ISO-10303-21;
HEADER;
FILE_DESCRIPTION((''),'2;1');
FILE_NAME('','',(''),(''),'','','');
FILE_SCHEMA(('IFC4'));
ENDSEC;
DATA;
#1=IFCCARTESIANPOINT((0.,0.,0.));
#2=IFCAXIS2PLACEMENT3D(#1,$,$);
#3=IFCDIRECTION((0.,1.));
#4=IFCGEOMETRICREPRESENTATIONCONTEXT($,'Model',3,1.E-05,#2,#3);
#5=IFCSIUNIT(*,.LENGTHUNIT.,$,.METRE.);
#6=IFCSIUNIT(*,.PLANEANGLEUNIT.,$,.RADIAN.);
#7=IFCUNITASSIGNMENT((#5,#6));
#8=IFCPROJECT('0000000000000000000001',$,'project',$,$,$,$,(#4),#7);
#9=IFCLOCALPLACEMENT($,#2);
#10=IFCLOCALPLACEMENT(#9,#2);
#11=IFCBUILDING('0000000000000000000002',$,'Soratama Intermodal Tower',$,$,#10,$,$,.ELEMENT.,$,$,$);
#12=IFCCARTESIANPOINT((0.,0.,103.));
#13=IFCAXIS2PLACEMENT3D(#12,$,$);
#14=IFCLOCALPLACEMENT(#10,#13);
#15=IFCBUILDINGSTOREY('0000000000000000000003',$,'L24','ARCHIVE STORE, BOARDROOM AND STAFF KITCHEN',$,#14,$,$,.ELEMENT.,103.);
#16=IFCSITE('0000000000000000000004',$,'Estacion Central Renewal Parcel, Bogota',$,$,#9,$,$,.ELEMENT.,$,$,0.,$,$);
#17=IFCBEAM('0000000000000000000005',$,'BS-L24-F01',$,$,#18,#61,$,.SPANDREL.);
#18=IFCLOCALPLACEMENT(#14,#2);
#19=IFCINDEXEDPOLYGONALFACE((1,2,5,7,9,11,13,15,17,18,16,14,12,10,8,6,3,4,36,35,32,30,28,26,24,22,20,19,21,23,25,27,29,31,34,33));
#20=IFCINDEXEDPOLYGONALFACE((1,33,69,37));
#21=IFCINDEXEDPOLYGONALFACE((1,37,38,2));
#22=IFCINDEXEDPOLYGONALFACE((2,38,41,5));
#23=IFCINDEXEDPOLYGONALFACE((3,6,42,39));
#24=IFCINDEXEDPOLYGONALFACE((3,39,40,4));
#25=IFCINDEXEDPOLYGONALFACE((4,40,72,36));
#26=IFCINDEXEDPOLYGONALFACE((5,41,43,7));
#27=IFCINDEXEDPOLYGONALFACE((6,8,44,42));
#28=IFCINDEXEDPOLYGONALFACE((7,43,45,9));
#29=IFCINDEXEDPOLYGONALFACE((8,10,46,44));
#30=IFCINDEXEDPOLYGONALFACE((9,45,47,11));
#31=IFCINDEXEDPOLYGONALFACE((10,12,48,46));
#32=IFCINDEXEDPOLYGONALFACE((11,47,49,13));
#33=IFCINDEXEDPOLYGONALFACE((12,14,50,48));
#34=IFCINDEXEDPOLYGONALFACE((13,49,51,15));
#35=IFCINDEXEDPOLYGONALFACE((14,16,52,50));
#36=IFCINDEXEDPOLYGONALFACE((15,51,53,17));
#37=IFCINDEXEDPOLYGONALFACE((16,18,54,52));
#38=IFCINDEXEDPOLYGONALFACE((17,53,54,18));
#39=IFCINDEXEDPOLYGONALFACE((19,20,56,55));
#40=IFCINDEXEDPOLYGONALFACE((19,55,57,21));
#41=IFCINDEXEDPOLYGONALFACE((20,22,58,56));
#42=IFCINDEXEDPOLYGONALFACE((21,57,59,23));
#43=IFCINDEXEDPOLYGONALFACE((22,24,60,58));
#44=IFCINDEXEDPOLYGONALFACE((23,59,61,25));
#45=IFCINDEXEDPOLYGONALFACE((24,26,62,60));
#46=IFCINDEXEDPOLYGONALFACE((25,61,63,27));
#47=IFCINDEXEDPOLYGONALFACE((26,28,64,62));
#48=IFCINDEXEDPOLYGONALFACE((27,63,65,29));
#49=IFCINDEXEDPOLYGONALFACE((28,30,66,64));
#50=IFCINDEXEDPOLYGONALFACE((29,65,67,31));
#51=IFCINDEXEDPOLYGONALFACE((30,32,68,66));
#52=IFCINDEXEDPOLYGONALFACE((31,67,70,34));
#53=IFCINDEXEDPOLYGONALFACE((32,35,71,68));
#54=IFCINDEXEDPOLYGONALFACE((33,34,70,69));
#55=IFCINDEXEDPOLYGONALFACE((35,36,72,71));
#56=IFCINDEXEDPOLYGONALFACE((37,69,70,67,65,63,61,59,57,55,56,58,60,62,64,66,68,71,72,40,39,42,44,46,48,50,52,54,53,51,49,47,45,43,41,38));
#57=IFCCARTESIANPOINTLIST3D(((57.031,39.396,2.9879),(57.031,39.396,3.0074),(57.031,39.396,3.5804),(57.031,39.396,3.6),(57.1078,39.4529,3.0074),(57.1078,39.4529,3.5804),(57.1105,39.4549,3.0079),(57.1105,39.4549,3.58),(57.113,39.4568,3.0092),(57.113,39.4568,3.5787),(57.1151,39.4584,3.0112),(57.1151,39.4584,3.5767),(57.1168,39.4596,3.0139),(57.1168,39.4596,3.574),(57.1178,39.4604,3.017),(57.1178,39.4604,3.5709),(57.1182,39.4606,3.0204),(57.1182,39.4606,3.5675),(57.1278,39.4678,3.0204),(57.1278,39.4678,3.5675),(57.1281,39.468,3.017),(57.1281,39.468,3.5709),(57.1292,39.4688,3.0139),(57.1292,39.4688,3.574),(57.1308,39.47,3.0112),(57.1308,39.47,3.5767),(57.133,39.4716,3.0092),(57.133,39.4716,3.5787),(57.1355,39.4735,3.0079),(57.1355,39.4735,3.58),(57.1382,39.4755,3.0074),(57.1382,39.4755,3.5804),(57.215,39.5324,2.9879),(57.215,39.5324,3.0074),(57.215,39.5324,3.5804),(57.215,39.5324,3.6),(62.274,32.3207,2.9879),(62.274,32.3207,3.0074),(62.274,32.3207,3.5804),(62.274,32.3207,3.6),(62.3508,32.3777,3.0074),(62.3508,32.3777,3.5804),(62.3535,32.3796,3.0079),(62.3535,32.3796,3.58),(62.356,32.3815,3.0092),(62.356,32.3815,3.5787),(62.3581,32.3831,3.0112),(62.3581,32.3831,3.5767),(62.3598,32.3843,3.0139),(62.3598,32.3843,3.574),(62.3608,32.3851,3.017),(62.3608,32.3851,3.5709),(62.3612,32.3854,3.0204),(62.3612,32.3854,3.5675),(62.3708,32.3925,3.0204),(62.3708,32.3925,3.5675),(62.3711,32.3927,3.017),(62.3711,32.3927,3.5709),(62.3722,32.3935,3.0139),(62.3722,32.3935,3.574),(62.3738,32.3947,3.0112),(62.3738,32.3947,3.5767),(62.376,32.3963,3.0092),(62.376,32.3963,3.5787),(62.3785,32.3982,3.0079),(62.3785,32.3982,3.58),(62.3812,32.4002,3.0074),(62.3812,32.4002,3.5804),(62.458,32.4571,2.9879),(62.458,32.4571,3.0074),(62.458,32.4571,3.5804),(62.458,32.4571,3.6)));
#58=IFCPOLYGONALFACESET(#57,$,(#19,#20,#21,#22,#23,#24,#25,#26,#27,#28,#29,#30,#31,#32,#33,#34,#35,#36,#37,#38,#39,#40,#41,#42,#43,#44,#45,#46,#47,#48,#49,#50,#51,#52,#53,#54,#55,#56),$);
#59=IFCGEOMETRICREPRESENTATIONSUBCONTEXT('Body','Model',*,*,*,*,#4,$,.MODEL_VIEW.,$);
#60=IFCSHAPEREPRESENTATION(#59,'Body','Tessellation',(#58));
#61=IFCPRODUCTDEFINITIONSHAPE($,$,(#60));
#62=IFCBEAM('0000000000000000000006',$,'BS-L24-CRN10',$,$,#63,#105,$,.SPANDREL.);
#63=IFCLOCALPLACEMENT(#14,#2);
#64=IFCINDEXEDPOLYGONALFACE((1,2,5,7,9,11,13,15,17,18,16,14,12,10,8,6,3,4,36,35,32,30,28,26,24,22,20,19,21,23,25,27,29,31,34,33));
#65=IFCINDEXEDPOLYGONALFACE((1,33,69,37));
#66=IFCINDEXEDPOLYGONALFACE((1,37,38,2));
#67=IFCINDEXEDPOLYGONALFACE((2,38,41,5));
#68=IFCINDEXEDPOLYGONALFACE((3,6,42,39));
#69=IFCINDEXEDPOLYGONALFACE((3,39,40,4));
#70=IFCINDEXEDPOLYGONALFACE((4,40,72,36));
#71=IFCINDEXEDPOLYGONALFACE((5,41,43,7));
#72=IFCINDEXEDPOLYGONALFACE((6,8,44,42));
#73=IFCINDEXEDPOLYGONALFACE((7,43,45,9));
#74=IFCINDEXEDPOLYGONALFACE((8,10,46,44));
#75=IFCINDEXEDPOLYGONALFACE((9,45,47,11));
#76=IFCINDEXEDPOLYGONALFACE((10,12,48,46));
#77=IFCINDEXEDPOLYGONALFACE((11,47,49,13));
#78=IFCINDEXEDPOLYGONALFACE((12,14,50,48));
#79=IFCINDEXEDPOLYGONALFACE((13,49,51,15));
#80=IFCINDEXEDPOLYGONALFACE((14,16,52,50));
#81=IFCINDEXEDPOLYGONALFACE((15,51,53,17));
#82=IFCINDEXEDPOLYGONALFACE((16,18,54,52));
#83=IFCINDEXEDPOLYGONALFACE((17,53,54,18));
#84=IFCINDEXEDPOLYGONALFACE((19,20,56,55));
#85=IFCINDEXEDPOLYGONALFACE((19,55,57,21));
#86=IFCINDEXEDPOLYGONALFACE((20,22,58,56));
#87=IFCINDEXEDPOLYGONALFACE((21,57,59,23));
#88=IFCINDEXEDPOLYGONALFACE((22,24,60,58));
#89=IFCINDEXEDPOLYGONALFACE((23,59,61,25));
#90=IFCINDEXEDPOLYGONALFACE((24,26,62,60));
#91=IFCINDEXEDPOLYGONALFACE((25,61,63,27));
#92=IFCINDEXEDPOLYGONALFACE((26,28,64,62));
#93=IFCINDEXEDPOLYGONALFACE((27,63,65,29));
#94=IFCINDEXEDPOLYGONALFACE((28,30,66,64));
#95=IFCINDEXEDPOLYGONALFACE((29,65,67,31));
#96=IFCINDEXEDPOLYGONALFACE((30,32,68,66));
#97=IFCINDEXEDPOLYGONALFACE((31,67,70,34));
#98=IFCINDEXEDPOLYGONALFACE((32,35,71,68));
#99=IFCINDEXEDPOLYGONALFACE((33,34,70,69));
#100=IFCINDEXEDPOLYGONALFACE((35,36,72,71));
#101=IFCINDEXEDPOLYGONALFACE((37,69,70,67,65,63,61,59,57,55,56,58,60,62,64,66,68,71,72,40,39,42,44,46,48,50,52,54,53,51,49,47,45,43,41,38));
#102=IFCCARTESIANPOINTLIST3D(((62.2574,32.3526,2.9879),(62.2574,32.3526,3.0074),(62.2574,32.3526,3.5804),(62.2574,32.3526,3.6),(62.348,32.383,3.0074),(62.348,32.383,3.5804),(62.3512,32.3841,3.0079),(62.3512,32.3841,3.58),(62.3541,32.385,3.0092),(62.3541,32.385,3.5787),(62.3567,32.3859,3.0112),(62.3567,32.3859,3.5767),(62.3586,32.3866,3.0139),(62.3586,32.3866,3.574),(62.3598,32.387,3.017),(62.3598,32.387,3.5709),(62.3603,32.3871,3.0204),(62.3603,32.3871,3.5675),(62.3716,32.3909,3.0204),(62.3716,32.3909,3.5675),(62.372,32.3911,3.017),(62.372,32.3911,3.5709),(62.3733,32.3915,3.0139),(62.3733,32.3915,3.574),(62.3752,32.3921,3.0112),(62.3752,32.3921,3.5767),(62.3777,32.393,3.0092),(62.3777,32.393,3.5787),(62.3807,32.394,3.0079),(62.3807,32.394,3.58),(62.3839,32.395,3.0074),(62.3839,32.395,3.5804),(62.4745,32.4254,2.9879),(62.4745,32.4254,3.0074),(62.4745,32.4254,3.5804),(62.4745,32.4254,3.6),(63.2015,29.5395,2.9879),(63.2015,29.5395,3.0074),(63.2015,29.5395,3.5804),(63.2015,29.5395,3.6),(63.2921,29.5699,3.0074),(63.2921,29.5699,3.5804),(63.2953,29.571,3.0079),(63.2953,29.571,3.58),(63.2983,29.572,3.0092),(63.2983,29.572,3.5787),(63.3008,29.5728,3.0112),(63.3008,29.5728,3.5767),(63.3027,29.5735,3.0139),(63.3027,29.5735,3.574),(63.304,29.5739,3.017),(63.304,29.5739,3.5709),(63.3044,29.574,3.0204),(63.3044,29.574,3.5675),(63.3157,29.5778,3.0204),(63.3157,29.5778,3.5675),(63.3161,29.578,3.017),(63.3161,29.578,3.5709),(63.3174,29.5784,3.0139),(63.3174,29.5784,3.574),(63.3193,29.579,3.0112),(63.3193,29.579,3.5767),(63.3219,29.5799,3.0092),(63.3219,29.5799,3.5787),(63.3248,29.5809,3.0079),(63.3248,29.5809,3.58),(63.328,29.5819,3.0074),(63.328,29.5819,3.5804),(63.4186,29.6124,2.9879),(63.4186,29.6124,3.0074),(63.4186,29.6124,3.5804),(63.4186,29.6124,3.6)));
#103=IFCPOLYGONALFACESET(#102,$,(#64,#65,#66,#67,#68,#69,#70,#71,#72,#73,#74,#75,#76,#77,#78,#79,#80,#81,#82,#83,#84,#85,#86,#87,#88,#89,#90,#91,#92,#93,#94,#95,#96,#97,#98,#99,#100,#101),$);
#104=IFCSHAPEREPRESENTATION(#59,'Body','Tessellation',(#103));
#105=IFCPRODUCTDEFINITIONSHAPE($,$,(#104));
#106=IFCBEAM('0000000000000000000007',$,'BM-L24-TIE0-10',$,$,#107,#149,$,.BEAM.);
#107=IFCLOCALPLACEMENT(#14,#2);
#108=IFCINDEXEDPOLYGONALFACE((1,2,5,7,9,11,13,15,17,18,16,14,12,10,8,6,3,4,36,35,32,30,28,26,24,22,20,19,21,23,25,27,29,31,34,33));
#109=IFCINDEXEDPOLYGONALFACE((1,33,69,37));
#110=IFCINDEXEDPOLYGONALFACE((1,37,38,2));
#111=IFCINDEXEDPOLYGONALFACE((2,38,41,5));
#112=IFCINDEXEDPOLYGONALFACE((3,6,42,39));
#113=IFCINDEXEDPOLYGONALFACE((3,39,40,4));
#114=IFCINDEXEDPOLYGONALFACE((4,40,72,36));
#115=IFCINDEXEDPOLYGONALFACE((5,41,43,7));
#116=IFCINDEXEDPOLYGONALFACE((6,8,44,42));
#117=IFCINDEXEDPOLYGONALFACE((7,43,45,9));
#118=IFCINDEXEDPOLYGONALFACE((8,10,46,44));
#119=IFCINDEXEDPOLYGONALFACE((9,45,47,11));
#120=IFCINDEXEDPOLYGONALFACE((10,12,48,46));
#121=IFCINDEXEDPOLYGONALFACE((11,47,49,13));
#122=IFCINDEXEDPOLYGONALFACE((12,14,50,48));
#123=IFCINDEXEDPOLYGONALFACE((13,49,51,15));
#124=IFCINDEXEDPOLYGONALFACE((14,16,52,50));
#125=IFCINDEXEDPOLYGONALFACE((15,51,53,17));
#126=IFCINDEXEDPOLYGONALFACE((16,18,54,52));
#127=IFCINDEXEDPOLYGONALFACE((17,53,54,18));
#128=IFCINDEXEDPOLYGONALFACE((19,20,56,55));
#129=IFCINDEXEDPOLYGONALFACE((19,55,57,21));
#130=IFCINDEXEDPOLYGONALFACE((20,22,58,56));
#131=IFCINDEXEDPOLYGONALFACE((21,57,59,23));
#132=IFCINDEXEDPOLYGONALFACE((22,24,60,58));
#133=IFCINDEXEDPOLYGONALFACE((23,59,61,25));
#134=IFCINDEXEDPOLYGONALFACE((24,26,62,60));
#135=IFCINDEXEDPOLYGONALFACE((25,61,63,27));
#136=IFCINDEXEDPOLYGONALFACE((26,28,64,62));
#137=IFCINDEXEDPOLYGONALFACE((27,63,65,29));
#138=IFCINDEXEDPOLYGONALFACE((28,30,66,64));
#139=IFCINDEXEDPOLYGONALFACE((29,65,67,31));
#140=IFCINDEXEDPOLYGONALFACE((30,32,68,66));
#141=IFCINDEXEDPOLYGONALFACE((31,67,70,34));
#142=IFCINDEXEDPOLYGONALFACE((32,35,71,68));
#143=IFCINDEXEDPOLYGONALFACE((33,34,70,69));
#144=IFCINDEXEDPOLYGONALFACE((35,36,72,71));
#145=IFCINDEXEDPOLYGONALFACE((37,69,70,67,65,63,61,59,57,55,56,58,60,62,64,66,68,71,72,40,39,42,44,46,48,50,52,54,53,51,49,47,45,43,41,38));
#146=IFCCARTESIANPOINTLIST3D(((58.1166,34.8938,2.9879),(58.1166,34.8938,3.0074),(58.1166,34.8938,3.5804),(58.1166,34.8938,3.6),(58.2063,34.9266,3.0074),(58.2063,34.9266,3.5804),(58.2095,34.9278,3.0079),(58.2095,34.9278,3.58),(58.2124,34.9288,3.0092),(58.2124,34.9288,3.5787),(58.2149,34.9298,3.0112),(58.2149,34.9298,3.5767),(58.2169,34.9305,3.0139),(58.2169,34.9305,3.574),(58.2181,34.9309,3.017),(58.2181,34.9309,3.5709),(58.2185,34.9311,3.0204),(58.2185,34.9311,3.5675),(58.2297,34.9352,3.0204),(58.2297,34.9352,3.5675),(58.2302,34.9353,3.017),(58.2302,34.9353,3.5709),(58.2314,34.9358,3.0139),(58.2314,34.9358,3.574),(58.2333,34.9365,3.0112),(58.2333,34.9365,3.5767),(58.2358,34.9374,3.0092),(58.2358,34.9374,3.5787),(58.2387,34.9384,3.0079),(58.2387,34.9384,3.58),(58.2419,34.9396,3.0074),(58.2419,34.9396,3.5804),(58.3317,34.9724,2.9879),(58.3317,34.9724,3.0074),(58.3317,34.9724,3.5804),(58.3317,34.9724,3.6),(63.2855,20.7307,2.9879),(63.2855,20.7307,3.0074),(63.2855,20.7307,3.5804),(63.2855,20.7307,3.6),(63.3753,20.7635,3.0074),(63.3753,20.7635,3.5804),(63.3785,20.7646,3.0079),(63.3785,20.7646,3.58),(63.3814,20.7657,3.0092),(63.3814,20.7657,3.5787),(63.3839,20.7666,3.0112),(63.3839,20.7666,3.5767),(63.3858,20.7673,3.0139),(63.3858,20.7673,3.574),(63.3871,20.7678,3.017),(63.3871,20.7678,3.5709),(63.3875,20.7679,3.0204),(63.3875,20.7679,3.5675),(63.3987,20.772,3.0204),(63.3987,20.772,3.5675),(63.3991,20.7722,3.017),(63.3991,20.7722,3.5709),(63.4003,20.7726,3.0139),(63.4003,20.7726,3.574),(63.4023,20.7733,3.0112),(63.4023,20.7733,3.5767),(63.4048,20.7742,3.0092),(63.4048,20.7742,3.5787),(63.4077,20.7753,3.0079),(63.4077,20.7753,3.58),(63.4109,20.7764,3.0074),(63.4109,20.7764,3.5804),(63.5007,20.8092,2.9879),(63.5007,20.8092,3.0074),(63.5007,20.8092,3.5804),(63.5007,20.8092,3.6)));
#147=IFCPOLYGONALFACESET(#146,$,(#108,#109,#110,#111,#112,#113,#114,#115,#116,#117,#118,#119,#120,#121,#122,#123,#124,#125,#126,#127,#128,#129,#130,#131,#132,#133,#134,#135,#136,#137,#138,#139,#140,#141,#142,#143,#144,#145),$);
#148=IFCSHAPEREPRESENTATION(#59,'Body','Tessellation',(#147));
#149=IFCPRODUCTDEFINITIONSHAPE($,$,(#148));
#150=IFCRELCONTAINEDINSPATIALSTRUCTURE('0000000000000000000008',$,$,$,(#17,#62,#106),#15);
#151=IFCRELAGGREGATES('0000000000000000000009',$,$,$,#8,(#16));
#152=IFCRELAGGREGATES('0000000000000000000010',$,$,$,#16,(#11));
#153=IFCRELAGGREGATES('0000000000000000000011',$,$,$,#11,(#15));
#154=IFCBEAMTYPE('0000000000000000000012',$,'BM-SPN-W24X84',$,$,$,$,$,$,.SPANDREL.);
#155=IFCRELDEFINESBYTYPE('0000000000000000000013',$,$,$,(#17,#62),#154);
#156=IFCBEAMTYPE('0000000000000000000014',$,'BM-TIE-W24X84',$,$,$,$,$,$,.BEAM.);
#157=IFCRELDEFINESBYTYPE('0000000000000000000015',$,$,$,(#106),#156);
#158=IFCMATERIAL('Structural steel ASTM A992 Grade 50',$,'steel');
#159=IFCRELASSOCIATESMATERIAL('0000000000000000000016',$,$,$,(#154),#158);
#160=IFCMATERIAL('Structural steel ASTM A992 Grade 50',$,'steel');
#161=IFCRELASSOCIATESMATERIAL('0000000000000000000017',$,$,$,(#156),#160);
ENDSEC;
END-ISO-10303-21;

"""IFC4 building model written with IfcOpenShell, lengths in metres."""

from ifc_helpers import new_model, si_unit, direction, frame, origin, origin_2d, place, context, subcontext, project, spatial, i_section, extrude, material, material_profile, profile_set, type_object, element, save


model = new_model("IFC4")

# Units and contexts
model_context = context("Model", 3, precision=1e-05, world=origin(), true_north=direction((0.0, 1.0)))
body_context = subcontext(model_context, "Body", "Model", "MODEL_VIEW")
ifc_project = project(units=[si_unit("LENGTHUNIT", "METRE"), si_unit("PLANEANGLEUNIT", "RADIAN")], contexts=[model_context])

# Site, building, storey
site_placement = place(None, origin())
site = spatial("IfcSite", under=ifc_project, at=site_placement, Name="Estacion Central Renewal Parcel, Bogota", CompositionType="ELEMENT", RefElevation=0.0)
building_placement = place(site_placement, origin())
building = spatial("IfcBuilding", under=site, at=building_placement, Name="Soratama Intermodal Tower", CompositionType="ELEMENT")
storey_placement = place(building_placement, frame((0.0, 0.0, 103.0)))
storey = spatial("IfcBuildingStorey", under=building, at=storey_placement, Name="L24", Description="ARCHIVE STORE, BOARDROOM AND STAFF KITCHEN", CompositionType="ELEMENT", Elevation=103.0)

# Beams
ifc_material_1 = material(Name="Structural steel ASTM A992 Grade 50", Category="steel")
ifc_material_profile_1 = material_profile(ifc_material_1, i_section(OverallWidth=0.229, OverallDepth=0.6121, WebThickness=0.012, FlangeThickness=0.0195, FilletRadius=0.0129, at=origin_2d()), Name="W24X84")
ifc_profile_set_1 = profile_set([ifc_material_profile_1], Name="Structural steel ASTM A992 Grade 50")
beam_type_1 = type_object("IfcBeamType", Name="BM-SPN-W24X84", PredefinedType="SPANDREL", material=ifc_profile_set_1)
beam_1_placement = place(storey_placement, frame((62.366, 32.3889, 3.2939), z_axis=(-0.595377, 0.803447, 0.0), x_axis=(-0.803447, -0.595377, 0.0)))
element("IfcBeam", 1, at=beam_1_placement, inside=storey, type_object=beam_type_1, Name="BS-L24-F01", PredefinedType="SPANDREL", context=body_context, shape_type="SweptSolid", body=[
    extrude(i_section(OverallWidth=0.229, OverallDepth=0.6121, WebThickness=0.012, FlangeThickness=0.0195, FilletRadius=0.0129, at=origin_2d()), origin(), (0.0, 0.0, 1.0), 8.8062),
])
beam_2_placement = place(storey_placement, frame((63.3101, 29.5759, 3.2939), z_axis=(-0.318177, 0.948031, 0.0), x_axis=(-0.948031, -0.318177, 0.0)))
element("IfcBeam", 2, at=beam_2_placement, inside=storey, type_object=beam_type_1, Name="BS-L24-CRN10", PredefinedType="SPANDREL", context=body_context, shape_type="SweptSolid", body=[
    extrude(i_section(OverallWidth=0.229, OverallDepth=0.6121, WebThickness=0.012, FlangeThickness=0.0195, FilletRadius=0.0129, at=origin_2d()), origin(), (0.0, 0.0, 1.0), 2.9673),
])
ifc_material_2 = material(Name="Structural steel ASTM A992 Grade 50", Category="steel")
ifc_material_profile_2 = material_profile(ifc_material_2, i_section(OverallWidth=0.229, OverallDepth=0.6121, WebThickness=0.012, FlangeThickness=0.0195, FilletRadius=0.0129, at=origin_2d()), Name="W24X84")
ifc_profile_set_2 = profile_set([ifc_material_profile_2], Name="Structural steel ASTM A992 Grade 50")
beam_type_2 = type_object("IfcBeamType", Name="BM-TIE-W24X84", PredefinedType="BEAM", material=ifc_profile_set_2)
beam_3_placement = place(storey_placement, frame((58.2241, 34.9331, 3.2939), z_axis=(0.34284, -0.939394, 0.0), x_axis=(0.939394, 0.34284, 0.0)))
element("IfcBeam", 3, at=beam_3_placement, inside=storey, type_object=beam_type_2, Name="BM-L24-TIE0-10", PredefinedType="BEAM", context=body_context, shape_type="SweptSolid", body=[
    extrude(i_section(OverallWidth=0.229, OverallDepth=0.6121, WebThickness=0.012, FlangeThickness=0.0195, FilletRadius=0.0129, at=origin_2d()), origin(), (0.0, 0.0, 1.0), 15.0769),
])

save(model, "model.ifc")
